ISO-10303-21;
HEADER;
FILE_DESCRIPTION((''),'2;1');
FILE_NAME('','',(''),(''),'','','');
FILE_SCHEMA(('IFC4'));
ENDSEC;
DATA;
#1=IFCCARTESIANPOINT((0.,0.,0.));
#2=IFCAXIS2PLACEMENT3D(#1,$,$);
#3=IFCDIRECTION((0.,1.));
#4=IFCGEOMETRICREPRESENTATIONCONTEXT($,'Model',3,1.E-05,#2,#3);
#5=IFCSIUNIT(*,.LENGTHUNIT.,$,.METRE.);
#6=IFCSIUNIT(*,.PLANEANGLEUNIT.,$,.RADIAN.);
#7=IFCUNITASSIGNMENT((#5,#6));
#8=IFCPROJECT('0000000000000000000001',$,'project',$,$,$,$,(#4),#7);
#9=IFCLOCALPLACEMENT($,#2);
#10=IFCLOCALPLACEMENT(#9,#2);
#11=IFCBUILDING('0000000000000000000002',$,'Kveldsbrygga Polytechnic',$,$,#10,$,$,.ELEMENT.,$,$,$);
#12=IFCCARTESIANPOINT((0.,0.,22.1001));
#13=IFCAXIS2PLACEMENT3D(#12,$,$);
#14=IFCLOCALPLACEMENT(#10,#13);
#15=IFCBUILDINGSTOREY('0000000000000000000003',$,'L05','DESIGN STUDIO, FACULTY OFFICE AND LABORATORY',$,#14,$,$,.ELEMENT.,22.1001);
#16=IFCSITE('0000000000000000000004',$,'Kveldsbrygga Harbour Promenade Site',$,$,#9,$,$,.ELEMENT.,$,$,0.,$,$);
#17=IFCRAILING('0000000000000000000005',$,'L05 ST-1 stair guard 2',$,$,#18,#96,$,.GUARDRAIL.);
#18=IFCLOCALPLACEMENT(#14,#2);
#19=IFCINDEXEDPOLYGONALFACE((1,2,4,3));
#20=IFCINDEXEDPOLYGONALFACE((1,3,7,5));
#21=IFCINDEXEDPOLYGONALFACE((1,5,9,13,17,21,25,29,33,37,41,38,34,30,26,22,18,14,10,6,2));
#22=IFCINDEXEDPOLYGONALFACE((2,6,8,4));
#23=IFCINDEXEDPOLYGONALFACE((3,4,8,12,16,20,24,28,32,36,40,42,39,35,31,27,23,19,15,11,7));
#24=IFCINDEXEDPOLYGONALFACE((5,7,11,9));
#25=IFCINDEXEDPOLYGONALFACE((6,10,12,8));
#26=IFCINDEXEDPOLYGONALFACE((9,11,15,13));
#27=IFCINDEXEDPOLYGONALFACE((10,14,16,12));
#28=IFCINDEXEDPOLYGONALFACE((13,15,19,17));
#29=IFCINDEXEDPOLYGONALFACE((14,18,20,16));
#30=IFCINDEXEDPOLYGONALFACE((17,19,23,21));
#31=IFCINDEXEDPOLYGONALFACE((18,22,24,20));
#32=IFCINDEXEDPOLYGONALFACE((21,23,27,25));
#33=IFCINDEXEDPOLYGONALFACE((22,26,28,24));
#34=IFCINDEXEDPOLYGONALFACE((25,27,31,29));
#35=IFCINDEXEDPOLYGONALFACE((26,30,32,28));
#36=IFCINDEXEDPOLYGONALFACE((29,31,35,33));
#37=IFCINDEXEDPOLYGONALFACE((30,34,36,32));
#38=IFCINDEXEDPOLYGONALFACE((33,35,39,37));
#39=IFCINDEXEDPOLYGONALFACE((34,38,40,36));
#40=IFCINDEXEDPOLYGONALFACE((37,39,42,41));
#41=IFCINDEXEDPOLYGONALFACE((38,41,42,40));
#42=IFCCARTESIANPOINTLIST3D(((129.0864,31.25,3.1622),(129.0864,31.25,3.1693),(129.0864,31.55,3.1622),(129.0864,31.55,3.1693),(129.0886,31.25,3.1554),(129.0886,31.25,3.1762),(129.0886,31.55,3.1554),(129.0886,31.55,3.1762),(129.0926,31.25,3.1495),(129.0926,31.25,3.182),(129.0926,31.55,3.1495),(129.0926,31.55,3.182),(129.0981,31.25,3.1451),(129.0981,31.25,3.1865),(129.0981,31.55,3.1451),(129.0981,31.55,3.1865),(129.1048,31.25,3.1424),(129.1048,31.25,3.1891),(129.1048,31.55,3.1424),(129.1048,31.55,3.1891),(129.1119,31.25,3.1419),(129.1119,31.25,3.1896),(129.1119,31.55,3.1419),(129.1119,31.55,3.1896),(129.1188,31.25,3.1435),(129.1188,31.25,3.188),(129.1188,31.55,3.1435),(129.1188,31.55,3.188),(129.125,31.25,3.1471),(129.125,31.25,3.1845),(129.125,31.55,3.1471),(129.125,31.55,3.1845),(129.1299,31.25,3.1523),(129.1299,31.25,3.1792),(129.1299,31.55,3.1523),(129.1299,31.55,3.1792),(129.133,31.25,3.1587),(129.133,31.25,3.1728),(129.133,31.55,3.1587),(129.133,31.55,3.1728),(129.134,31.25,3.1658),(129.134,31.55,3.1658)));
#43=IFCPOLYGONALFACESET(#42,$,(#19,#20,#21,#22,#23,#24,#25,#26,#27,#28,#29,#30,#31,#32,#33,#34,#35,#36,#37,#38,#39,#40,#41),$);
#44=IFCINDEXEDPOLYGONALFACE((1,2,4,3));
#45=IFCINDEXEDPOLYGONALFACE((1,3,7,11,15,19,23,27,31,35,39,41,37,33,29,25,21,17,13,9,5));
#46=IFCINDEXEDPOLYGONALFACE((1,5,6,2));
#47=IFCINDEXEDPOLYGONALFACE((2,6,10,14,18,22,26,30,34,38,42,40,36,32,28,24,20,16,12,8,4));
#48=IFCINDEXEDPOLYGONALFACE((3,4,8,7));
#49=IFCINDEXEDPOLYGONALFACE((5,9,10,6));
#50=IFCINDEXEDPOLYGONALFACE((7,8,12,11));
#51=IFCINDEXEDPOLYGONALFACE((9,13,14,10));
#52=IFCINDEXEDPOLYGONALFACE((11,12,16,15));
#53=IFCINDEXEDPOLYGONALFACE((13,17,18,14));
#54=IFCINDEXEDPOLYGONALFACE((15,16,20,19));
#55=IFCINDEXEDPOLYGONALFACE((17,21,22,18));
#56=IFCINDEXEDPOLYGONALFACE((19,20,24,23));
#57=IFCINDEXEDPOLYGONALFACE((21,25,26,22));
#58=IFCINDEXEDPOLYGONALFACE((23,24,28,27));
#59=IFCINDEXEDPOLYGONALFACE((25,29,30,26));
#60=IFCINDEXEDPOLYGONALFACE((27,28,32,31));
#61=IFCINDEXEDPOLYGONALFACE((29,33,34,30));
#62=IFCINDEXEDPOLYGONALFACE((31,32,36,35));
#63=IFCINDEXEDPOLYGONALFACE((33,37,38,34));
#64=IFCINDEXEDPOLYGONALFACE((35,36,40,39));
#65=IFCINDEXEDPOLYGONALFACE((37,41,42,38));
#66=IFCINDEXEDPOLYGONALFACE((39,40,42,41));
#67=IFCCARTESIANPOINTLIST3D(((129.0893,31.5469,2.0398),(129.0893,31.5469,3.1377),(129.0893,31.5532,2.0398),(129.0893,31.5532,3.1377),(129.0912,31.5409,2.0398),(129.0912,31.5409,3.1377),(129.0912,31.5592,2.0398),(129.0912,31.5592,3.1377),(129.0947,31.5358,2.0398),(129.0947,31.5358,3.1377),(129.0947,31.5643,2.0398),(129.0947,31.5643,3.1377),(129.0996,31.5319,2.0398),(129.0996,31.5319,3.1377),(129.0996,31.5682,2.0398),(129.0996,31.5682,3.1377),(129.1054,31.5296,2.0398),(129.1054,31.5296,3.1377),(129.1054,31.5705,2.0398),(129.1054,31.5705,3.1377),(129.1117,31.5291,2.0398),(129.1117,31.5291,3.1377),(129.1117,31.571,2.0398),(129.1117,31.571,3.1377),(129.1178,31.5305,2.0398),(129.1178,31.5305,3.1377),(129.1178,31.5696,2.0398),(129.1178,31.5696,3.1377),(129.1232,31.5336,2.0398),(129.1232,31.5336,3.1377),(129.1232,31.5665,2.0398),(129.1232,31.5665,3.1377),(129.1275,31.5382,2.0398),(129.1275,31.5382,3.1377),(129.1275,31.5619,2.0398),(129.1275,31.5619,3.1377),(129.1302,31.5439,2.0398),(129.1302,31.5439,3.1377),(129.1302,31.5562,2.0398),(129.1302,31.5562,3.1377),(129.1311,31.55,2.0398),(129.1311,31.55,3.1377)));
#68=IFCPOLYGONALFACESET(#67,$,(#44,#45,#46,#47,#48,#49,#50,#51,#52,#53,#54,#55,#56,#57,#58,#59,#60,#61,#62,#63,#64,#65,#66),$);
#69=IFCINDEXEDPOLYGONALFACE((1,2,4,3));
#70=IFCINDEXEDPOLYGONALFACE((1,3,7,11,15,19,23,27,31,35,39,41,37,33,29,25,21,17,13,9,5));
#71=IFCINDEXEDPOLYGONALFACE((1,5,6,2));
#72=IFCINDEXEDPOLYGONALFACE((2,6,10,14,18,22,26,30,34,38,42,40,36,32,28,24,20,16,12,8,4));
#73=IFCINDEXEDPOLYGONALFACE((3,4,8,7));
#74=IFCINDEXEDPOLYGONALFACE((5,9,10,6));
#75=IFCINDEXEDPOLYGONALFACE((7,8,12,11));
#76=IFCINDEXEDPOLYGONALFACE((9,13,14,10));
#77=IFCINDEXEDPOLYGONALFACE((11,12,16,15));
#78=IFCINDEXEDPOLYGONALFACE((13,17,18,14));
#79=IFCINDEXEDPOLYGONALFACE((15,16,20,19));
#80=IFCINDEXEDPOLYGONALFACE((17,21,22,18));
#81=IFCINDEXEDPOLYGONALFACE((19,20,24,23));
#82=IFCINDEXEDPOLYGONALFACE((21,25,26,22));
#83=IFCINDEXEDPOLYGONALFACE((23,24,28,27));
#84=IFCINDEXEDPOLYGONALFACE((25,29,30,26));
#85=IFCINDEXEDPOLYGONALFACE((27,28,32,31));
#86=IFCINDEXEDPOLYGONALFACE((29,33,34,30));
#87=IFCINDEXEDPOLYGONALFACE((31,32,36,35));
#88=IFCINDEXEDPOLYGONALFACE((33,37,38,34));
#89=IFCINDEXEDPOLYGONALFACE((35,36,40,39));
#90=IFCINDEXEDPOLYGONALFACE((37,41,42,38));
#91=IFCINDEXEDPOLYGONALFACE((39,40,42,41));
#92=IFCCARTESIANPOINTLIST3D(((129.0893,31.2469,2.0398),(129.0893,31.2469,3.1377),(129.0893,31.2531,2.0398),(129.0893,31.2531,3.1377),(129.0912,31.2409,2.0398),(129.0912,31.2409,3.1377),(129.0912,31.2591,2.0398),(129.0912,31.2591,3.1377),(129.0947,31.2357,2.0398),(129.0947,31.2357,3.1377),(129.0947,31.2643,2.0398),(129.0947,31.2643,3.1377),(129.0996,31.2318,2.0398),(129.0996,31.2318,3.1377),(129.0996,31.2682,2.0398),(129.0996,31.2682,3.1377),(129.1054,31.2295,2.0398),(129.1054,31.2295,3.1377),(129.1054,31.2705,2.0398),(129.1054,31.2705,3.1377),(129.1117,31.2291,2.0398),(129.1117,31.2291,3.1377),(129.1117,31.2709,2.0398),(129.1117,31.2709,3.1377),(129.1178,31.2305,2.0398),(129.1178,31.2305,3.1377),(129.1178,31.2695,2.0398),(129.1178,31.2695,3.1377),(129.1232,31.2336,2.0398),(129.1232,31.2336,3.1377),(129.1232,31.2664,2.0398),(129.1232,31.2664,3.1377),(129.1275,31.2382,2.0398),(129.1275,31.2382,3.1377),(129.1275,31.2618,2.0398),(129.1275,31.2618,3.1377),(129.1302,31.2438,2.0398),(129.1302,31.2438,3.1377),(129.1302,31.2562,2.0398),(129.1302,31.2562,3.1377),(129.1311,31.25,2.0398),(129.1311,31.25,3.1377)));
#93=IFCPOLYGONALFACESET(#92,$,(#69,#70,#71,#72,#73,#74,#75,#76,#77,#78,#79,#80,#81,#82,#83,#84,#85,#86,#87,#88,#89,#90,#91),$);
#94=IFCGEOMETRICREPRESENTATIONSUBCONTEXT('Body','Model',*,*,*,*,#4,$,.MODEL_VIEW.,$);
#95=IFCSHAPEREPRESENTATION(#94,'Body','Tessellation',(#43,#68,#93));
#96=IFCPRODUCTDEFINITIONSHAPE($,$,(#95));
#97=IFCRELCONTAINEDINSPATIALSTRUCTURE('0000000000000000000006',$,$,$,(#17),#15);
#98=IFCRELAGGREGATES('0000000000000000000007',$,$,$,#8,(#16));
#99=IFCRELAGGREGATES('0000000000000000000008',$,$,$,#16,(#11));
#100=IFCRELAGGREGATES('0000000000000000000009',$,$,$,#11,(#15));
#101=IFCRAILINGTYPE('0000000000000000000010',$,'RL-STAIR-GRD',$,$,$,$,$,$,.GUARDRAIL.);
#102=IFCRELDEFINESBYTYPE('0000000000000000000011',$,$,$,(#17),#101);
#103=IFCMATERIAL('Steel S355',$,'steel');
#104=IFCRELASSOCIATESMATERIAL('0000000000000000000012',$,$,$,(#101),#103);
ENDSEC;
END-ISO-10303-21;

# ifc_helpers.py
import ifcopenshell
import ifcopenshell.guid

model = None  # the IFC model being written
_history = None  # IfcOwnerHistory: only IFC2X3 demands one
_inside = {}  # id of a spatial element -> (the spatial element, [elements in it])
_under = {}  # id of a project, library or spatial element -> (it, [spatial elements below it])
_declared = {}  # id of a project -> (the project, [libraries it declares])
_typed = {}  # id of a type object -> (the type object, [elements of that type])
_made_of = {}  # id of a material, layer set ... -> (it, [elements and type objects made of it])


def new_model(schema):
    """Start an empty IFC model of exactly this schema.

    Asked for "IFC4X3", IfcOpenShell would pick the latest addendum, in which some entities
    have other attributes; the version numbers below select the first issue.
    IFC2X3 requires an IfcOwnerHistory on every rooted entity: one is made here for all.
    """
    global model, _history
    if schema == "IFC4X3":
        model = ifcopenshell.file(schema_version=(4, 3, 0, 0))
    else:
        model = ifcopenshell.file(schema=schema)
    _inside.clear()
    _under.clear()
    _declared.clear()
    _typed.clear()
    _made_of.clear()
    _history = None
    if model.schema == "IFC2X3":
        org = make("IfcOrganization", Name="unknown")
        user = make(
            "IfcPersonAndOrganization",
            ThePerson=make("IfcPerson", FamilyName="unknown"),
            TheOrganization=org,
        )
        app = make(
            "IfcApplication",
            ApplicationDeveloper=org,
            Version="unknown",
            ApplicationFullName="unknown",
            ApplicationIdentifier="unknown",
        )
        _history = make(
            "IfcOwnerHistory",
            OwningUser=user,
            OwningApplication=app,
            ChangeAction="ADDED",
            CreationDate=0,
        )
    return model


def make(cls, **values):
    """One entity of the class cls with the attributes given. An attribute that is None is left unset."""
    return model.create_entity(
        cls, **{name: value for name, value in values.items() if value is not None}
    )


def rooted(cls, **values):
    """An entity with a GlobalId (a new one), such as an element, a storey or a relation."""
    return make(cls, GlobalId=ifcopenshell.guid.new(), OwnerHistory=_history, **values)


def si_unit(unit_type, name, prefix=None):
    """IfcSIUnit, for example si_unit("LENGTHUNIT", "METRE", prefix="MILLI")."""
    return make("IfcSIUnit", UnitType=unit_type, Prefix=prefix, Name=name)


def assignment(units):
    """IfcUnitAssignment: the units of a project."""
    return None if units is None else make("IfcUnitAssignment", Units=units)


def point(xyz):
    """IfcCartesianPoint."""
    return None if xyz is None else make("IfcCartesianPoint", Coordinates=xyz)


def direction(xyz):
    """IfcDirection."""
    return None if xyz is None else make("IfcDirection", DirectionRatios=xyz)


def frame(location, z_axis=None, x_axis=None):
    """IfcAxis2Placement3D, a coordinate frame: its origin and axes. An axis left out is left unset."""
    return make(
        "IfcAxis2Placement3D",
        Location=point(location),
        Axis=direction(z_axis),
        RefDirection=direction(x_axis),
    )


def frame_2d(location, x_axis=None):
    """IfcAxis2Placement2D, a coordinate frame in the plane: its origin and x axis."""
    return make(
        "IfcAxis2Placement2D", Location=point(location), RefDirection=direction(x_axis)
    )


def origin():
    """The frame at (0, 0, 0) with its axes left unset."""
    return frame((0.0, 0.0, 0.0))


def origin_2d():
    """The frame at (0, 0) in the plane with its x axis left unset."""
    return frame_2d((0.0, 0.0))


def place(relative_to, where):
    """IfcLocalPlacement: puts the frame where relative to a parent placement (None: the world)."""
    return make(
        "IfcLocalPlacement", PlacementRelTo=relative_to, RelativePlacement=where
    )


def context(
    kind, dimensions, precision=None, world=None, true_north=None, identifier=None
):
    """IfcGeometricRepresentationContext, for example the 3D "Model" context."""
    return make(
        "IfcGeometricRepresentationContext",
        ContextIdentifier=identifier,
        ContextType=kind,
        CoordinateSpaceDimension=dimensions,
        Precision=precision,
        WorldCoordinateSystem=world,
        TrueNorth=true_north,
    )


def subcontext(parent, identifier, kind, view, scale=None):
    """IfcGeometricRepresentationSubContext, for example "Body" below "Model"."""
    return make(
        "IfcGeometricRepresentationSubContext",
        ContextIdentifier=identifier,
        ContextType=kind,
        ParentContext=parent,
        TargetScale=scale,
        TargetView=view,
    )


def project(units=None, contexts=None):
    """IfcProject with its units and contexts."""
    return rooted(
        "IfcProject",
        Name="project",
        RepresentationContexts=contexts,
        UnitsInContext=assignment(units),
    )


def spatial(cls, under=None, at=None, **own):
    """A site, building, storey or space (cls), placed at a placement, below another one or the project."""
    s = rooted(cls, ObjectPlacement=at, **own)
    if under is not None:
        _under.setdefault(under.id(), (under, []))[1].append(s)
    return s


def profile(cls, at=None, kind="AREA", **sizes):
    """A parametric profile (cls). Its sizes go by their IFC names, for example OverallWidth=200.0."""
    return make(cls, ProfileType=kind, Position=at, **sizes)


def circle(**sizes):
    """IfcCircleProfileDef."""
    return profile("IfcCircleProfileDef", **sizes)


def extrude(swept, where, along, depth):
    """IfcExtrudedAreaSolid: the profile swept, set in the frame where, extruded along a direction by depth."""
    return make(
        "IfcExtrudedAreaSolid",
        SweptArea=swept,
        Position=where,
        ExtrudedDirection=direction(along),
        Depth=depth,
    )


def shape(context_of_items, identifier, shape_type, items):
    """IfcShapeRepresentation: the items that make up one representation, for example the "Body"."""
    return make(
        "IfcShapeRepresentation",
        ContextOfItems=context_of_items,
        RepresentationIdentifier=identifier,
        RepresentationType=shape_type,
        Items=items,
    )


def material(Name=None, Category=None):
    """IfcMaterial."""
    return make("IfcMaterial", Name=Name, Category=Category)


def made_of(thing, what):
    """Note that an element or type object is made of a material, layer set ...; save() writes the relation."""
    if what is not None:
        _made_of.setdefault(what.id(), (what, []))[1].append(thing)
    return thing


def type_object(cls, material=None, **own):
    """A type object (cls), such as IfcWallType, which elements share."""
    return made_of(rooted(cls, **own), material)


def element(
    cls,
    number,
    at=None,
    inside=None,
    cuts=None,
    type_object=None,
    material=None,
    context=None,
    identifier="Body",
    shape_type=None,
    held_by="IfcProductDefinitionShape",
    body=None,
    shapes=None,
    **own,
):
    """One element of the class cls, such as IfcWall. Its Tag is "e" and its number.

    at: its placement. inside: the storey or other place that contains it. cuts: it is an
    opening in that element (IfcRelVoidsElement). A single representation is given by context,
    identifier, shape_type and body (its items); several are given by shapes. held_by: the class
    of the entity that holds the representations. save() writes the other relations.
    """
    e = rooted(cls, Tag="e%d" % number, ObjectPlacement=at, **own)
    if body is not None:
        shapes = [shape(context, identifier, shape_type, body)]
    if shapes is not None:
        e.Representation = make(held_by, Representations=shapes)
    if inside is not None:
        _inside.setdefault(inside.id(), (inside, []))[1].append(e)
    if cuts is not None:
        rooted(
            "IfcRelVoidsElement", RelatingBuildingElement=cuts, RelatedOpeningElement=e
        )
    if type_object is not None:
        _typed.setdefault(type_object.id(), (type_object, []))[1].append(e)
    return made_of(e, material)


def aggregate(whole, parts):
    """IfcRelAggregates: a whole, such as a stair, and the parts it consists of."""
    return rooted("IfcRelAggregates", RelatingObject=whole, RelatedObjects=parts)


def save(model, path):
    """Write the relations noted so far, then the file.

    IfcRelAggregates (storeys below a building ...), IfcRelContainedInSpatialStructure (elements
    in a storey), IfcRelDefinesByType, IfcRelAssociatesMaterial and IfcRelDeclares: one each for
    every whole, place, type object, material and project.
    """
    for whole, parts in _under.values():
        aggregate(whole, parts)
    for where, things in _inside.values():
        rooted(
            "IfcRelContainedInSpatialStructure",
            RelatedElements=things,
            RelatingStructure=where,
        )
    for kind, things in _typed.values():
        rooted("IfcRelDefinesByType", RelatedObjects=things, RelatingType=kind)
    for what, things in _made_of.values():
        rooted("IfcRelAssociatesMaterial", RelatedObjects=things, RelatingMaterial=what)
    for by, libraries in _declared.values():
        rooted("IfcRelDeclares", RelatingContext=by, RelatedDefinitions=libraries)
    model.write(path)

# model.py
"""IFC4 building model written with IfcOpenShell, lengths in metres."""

from ifc_helpers import new_model, si_unit, direction, frame, origin, origin_2d, place, context, subcontext, project, spatial, circle, extrude, material, type_object, element, save


model = new_model("IFC4")

# Units and contexts
model_context = context("Model", 3, precision=1e-05, world=origin(), true_north=direction((0.0, 1.0)))
body_context = subcontext(model_context, "Body", "Model", "MODEL_VIEW")
ifc_project = project(units=[si_unit("LENGTHUNIT", "METRE"), si_unit("PLANEANGLEUNIT", "RADIAN")], contexts=[model_context])

# Site, building, storey
site_placement = place(None, origin())
site = spatial("IfcSite", under=ifc_project, at=site_placement, Name="Kveldsbrygga Harbour Promenade Site", CompositionType="ELEMENT", RefElevation=0.0)
building_placement = place(site_placement, origin())
building = spatial("IfcBuilding", under=site, at=building_placement, Name="Kveldsbrygga Polytechnic", CompositionType="ELEMENT")
storey_placement = place(building_placement, frame((0.0, 0.0, 22.1001)))
storey = spatial("IfcBuildingStorey", under=building, at=storey_placement, Name="L05", Description="DESIGN STUDIO, FACULTY OFFICE AND LABORATORY", CompositionType="ELEMENT", Elevation=22.1001)

# Railing
ifc_material_1 = material(Name="Steel S355", Category="steel")
railing_type_1 = type_object("IfcRailingType", Name="RL-STAIR-GRD", PredefinedType="GUARDRAIL", material=ifc_material_1)
railing_1_placement = place(storey_placement, frame((129.1101, 31.55, 2.0398)))
element("IfcRailing", 1, at=railing_1_placement, inside=storey, type_object=railing_type_1, Name="L05 ST-1 stair guard 2", PredefinedType="GUARDRAIL", context=body_context, shape_type="SweptSolid", body=[
    extrude(circle(Radius=0.0239, at=origin_2d()), frame((0.0, 0.0, 1.126), z_axis=(0.0, -1.0, 0.0), x_axis=(1.0, 0.0, 0.0)), (0.0, 0.0, 1.0), 0.3),
    extrude(circle(Radius=0.021, at=origin_2d()), origin(), (0.0, 0.0, 1.0), 1.0979),
    extrude(circle(Radius=0.021, at=origin_2d()), frame((0.0, -0.3, 0.0)), (0.0, 0.0, 1.0), 1.0979),
])

save(model, "model.ifc")
